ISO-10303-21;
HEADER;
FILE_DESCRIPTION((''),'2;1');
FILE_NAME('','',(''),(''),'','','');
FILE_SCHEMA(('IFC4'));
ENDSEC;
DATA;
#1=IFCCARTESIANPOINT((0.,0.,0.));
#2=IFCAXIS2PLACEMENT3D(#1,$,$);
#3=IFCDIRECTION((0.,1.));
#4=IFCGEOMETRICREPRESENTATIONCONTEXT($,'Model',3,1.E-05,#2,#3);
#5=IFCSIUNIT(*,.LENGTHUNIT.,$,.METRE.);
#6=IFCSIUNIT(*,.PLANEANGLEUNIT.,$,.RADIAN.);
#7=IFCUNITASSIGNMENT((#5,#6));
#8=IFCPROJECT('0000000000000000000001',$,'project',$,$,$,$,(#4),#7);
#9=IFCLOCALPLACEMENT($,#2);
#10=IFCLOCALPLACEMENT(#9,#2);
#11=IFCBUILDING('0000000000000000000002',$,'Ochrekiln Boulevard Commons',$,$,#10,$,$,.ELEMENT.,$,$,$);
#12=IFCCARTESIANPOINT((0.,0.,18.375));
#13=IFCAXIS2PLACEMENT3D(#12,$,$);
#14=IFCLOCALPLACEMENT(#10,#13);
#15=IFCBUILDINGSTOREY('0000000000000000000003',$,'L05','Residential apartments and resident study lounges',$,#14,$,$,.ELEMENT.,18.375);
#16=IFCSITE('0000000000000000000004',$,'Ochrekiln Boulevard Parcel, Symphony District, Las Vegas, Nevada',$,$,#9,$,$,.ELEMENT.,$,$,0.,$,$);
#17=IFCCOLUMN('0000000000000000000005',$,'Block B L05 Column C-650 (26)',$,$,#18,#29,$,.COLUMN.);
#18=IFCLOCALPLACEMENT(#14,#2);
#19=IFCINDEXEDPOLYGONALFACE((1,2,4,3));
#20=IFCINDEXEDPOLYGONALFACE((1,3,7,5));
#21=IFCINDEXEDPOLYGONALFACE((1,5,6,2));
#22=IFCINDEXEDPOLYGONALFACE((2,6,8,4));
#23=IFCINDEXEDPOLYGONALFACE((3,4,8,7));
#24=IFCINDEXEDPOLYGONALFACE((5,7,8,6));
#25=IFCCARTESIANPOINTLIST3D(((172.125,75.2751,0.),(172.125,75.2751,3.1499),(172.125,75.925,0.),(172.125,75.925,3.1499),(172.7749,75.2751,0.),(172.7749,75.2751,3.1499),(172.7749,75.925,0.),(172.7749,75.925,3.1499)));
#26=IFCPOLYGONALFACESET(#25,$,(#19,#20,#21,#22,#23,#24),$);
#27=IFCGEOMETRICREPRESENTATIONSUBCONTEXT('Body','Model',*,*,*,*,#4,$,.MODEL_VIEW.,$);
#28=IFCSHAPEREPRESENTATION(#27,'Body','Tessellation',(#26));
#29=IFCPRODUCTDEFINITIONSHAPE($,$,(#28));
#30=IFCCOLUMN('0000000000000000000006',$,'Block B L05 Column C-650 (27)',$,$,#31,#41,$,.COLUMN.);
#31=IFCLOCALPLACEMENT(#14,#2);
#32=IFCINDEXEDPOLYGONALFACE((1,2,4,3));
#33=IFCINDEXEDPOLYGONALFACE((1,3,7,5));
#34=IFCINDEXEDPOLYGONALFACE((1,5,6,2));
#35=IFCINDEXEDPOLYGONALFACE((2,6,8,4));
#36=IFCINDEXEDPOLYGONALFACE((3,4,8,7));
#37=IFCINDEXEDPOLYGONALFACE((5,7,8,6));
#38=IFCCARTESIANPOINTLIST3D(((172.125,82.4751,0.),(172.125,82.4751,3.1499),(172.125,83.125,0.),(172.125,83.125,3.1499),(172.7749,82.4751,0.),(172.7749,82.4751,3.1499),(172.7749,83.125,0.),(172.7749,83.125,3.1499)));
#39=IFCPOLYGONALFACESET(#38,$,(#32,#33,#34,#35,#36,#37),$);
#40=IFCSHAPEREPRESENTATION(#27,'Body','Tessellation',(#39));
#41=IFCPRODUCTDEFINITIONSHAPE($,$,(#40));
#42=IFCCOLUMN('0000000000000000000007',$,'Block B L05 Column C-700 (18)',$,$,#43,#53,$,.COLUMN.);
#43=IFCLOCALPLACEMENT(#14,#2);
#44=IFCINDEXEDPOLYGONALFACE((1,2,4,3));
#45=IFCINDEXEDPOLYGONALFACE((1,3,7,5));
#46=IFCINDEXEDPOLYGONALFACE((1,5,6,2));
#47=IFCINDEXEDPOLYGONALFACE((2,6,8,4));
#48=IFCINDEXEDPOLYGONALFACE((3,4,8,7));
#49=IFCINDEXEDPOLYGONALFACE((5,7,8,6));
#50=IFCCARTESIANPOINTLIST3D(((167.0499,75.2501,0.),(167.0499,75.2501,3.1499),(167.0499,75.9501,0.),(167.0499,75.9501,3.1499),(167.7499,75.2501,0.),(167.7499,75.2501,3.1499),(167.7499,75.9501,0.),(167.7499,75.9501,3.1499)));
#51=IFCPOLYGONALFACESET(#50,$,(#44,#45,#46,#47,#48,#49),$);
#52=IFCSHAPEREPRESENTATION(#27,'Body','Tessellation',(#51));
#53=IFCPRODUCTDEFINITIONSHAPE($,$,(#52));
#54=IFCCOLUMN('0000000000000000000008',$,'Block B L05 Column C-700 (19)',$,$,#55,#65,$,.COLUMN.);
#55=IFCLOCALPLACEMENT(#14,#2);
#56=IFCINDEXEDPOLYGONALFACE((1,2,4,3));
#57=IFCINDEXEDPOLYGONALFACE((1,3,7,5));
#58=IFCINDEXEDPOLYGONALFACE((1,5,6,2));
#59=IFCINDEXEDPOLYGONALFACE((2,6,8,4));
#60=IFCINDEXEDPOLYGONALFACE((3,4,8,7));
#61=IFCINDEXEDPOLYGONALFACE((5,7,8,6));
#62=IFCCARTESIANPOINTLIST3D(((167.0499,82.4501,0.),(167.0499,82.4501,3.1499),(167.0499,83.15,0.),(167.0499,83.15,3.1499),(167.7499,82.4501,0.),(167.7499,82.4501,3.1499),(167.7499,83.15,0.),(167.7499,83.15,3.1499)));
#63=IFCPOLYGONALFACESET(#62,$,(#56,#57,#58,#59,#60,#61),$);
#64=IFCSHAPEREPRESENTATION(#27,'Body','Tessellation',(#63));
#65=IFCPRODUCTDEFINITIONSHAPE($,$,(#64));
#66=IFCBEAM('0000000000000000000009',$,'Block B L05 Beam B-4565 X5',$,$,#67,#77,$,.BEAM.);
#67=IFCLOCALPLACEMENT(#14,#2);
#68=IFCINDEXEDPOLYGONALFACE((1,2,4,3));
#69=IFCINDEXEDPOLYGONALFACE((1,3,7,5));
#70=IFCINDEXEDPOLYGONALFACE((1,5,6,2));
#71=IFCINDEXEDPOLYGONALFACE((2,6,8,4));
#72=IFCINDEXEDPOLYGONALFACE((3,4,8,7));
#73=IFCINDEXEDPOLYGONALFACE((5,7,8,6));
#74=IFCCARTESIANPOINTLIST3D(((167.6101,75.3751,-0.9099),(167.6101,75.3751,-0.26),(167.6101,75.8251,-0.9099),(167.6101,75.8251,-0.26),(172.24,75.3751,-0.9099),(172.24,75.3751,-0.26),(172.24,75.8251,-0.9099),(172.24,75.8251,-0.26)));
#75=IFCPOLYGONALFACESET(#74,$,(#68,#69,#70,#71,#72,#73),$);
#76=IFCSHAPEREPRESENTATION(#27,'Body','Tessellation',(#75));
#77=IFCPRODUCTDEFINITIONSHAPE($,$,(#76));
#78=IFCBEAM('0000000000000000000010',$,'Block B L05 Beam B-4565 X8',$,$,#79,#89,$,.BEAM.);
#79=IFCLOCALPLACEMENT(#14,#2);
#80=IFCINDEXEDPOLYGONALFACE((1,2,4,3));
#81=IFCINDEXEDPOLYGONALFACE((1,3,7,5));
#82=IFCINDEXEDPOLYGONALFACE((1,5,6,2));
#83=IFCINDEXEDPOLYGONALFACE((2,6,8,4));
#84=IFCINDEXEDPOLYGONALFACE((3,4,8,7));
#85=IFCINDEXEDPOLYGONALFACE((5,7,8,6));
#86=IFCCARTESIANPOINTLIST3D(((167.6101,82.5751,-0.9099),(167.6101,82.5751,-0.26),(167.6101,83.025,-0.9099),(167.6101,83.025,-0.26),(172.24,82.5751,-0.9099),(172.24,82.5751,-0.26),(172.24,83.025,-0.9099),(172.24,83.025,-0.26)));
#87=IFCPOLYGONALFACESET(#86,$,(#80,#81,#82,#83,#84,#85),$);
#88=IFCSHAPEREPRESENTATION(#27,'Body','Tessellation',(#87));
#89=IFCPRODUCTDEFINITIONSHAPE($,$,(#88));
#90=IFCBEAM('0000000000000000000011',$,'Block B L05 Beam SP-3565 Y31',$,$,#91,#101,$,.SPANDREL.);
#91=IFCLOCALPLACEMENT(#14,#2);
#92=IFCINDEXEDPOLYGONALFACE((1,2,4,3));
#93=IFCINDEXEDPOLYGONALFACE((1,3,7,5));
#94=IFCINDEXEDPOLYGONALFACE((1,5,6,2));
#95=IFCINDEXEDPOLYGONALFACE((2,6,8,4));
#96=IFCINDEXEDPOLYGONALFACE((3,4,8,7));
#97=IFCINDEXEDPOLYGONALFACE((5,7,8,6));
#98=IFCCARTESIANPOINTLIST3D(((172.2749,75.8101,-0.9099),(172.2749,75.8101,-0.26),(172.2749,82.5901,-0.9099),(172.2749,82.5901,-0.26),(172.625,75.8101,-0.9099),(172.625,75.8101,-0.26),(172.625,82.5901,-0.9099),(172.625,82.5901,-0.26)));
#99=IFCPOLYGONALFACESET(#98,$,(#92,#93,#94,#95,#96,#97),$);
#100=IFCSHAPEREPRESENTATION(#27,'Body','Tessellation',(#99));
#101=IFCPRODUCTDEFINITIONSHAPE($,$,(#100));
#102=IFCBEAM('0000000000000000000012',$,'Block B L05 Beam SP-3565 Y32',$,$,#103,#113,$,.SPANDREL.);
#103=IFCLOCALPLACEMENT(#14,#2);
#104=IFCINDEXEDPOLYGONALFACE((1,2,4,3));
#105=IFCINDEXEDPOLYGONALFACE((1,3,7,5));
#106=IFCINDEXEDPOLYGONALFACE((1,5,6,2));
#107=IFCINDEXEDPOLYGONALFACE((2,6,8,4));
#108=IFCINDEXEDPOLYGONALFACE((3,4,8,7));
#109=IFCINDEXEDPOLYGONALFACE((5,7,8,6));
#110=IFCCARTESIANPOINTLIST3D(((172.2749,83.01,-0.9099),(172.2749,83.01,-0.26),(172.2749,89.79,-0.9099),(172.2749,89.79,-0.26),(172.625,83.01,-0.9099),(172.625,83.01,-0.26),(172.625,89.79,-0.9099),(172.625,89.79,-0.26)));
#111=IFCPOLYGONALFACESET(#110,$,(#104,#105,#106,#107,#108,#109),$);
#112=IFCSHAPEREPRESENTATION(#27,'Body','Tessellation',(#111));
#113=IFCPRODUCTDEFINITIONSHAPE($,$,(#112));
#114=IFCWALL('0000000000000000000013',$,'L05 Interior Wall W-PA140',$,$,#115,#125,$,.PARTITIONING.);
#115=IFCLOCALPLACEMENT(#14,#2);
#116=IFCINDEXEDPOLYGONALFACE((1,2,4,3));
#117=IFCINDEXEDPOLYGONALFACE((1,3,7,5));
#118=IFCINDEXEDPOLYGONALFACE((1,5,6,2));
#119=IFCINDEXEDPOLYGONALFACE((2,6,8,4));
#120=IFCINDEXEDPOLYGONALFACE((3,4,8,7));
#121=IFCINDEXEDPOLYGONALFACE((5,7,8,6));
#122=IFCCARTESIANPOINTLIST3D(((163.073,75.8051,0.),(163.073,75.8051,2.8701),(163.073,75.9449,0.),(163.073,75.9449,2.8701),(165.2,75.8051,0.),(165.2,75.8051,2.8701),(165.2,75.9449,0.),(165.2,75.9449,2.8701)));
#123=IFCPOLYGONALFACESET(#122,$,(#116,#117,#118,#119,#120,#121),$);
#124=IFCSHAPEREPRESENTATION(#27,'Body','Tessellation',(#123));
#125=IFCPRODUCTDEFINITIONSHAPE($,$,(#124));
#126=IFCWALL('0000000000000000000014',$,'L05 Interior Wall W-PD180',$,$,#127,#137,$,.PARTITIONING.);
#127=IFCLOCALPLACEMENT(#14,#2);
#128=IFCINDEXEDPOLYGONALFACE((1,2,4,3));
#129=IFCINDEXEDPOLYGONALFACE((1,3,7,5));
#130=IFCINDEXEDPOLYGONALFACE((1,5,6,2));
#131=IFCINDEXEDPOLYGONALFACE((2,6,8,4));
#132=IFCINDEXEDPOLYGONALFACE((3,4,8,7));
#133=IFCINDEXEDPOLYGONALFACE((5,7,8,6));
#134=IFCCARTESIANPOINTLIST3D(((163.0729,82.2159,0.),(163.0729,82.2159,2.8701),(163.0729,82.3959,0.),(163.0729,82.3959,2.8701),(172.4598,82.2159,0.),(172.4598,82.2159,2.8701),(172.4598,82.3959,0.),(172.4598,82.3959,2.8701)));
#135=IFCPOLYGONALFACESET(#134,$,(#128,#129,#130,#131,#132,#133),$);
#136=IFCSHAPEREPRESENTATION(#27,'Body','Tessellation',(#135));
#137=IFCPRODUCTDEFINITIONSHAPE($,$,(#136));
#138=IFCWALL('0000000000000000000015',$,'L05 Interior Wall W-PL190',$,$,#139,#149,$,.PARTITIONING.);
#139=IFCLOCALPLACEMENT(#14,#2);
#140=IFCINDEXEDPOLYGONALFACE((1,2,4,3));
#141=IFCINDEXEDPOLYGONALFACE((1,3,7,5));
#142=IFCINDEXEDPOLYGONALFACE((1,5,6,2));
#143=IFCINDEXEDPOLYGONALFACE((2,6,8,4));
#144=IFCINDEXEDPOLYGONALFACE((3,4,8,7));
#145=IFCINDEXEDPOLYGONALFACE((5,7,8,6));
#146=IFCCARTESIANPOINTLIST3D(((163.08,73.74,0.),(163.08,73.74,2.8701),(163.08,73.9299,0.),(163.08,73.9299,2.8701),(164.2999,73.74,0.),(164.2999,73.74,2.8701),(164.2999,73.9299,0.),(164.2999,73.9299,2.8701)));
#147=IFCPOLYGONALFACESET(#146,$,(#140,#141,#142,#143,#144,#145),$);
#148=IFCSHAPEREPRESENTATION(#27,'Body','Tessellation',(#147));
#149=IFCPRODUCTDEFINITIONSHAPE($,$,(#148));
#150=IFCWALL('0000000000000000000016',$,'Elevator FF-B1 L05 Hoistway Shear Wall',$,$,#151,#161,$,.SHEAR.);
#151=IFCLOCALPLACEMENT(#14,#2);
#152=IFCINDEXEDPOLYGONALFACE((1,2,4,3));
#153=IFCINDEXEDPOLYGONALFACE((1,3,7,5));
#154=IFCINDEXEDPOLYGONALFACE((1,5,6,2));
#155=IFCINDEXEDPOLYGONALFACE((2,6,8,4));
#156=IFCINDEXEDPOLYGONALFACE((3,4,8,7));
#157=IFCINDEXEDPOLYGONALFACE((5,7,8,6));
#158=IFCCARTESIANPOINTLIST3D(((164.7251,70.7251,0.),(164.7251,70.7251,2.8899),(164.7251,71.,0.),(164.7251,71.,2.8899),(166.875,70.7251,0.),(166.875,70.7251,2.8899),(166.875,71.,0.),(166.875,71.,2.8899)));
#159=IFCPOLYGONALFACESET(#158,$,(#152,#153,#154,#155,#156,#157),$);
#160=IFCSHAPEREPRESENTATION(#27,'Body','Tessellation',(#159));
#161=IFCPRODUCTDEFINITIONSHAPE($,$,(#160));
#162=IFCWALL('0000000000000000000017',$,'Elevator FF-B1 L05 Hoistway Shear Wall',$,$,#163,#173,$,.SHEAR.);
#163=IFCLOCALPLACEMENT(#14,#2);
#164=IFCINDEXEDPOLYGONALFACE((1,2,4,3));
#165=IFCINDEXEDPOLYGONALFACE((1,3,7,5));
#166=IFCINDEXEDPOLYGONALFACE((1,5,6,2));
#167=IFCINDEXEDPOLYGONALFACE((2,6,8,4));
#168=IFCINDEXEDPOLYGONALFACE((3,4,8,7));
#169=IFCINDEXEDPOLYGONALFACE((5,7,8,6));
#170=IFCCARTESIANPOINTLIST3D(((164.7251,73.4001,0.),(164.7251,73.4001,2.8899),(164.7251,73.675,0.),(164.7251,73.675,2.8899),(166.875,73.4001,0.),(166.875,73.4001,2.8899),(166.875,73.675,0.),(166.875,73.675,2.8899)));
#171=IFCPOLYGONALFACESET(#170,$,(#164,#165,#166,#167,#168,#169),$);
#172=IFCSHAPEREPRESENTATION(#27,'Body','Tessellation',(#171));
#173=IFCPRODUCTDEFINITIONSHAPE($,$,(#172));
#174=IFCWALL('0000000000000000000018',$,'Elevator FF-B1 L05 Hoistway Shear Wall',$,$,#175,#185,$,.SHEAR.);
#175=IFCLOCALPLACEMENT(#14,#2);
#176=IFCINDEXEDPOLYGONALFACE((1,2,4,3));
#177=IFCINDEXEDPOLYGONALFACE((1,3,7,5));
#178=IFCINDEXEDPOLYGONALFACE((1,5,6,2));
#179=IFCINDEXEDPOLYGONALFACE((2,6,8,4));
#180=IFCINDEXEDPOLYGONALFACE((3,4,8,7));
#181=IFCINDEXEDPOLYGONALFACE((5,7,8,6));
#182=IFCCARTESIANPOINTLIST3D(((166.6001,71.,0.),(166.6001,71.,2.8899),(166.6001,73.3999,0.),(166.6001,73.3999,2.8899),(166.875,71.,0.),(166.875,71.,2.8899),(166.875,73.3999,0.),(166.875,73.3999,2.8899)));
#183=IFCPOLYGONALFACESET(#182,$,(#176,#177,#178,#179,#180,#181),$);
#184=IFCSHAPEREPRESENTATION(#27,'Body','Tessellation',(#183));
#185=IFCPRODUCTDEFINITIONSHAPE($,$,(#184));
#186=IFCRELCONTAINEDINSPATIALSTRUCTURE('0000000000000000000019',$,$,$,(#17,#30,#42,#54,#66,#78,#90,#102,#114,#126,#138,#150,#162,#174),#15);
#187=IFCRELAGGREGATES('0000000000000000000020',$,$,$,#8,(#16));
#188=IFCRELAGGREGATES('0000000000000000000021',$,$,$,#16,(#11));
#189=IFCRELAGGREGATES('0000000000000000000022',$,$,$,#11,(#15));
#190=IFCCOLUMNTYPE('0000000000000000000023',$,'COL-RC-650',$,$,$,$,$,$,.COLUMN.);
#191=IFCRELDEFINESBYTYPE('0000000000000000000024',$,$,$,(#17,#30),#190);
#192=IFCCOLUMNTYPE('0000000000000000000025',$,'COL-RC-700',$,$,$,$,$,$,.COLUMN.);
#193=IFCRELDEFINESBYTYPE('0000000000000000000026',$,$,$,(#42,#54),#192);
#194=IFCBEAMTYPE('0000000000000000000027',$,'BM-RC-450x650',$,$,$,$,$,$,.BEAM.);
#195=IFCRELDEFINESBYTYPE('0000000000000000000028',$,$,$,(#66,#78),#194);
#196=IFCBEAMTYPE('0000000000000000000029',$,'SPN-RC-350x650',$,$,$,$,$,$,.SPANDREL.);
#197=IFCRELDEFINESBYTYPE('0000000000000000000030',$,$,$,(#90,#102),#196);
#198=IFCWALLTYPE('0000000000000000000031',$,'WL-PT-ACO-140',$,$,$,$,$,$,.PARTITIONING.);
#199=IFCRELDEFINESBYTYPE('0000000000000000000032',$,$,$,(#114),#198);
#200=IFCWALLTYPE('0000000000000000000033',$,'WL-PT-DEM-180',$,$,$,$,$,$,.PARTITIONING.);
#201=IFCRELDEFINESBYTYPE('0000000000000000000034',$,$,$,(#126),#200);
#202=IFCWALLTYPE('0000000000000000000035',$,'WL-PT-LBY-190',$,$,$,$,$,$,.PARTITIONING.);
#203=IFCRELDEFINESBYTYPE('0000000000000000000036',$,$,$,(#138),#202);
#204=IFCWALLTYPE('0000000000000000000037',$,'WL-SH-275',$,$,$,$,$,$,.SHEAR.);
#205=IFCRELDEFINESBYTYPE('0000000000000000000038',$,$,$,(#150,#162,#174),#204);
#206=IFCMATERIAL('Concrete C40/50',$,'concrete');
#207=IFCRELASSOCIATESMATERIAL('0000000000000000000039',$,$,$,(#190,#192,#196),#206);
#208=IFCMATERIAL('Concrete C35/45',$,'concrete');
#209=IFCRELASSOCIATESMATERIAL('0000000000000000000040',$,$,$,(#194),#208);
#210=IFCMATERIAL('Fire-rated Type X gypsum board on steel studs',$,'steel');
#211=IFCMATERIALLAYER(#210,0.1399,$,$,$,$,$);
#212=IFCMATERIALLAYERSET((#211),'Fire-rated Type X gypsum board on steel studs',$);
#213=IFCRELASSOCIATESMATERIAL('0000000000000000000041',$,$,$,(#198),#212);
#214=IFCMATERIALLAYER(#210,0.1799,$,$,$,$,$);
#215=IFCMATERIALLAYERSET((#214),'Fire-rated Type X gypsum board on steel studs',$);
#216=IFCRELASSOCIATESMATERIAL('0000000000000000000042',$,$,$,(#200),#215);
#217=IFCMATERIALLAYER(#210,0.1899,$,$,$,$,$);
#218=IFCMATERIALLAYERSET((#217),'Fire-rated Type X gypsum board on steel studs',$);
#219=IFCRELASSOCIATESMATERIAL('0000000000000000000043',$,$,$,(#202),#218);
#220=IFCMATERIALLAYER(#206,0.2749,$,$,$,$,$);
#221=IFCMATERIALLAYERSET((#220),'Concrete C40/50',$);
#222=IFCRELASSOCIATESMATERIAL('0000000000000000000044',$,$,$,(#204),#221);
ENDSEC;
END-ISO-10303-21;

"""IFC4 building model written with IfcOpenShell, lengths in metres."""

from ifc_helpers import new_model, si_unit, direction, frame, frame_2d, origin, origin_2d, place, context, subcontext, project, spatial, rectangle, extrude, material, layer, layer_set, material_profile, profile_set, type_object, element, save


model = new_model("IFC4")

# Units and contexts
model_context = context("Model", 3, precision=1e-05, world=origin(), true_north=direction((0.0, 1.0)))
body_context = subcontext(model_context, "Body", "Model", "MODEL_VIEW")
ifc_project = project(units=[si_unit("LENGTHUNIT", "METRE"), si_unit("PLANEANGLEUNIT", "RADIAN")], contexts=[model_context])

# Site, building, storey
site_placement = place(None, origin())
site = spatial("IfcSite", under=ifc_project, at=site_placement, Name="Ochrekiln Boulevard Parcel, Symphony District, Las Vegas, Nevada", CompositionType="ELEMENT", RefElevation=0.0)
building_placement = place(site_placement, origin())
building = spatial("IfcBuilding", under=site, at=building_placement, Name="Ochrekiln Boulevard Commons", CompositionType="ELEMENT")
storey_placement = place(building_placement, frame((0.0, 0.0, 18.375)))
storey = spatial("IfcBuildingStorey", under=building, at=storey_placement, Name="L05", Description="Residential apartments and resident study lounges", CompositionType="ELEMENT", Elevation=18.375)

# Columns
ifc_material_1 = material(Name="Concrete C40/50", Category="concrete")
ifc_material_profile_1 = material_profile(ifc_material_1, rectangle(XDim=0.6499, YDim=0.6499, at=origin_2d()), Name="RC-COL-650x650")
ifc_profile_set_1 = profile_set([ifc_material_profile_1], Name="Concrete C40/50")
column_type_1 = type_object("IfcColumnType", Name="COL-RC-650", PredefinedType="COLUMN", material=ifc_profile_set_1)
for number, where, z_axis, x_axis, name in (
    (1, (172.45, 75.6001, 0.0), (0.0, 0.0, 1.0), (1.0, 0.0, 0.0), "Block B L05 Column C-650 (26)"),
    (2, (172.45, 82.8, 0.0), (0.0, 0.0, 1.0), (1.0, 0.0, 0.0), "Block B L05 Column C-650 (27)"),
):
    element("IfcColumn", number, at=place(storey_placement, frame(where, z_axis=z_axis, x_axis=x_axis)), inside=storey, type_object=column_type_1, Name=name, PredefinedType="COLUMN", context=body_context, shape_type="SweptSolid", body=[
        extrude(rectangle(XDim=0.6499, YDim=0.6499, at=origin_2d()), origin(), (0.0, 0.0, 1.0), 3.1499),
    ])
ifc_material_profile_2 = material_profile(ifc_material_1, rectangle(XDim=0.7, YDim=0.7, at=origin_2d()), Name="RC-COL-700x700")
ifc_profile_set_2 = profile_set([ifc_material_profile_2], Name="Concrete C40/50")
column_type_2 = type_object("IfcColumnType", Name="COL-RC-700", PredefinedType="COLUMN", material=ifc_profile_set_2)
for number, where, z_axis, x_axis, name in (
    (3, (167.3999, 75.6001, 0.0), (0.0, 0.0, 1.0), (1.0, 0.0, 0.0), "Block B L05 Column C-700 (18)"),
    (4, (167.3999, 82.8, 0.0), (0.0, 0.0, 1.0), (1.0, 0.0, 0.0), "Block B L05 Column C-700 (19)"),
):
    element("IfcColumn", number, at=place(storey_placement, frame(where, z_axis=z_axis, x_axis=x_axis)), inside=storey, type_object=column_type_2, Name=name, PredefinedType="COLUMN", context=body_context, shape_type="SweptSolid", body=[
        extrude(rectangle(XDim=0.7, YDim=0.7, at=origin_2d()), origin(), (0.0, 0.0, 1.0), 3.1499),
    ])

# Beams
ifc_material_2 = material(Name="Concrete C35/45", Category="concrete")
ifc_material_profile_3 = material_profile(ifc_material_2, rectangle(XDim=0.45, YDim=0.6499, at=origin_2d()), Name="RC-BM-450x650")
ifc_profile_set_3 = profile_set([ifc_material_profile_3], Name="Concrete C35/45")
beam_type_1 = type_object("IfcBeamType", Name="BM-RC-450x650", PredefinedType="BEAM", material=ifc_profile_set_3)
for number, where, z_axis, x_axis, name in (
    (5, (167.6101, 75.6001, -0.585), (1.0, 0.0, 0.0), (0.0, 1.0, 0.0), "Block B L05 Beam B-4565 X5"),
    (6, (167.6101, 82.8, -0.585), (1.0, 0.0, 0.0), (0.0, 1.0, 0.0), "Block B L05 Beam B-4565 X8"),
):
    element("IfcBeam", number, at=place(storey_placement, frame(where, z_axis=z_axis, x_axis=x_axis)), inside=storey, type_object=beam_type_1, Name=name, PredefinedType="BEAM", context=body_context, shape_type="SweptSolid", body=[
        extrude(rectangle(XDim=0.45, YDim=0.6499, at=origin_2d()), origin(), (0.0, 0.0, 1.0), 4.6299),
    ])
ifc_material_profile_4 = material_profile(ifc_material_1, rectangle(XDim=0.3501, YDim=0.6499, at=origin_2d()), Name="RC-SPN-350x650")
ifc_profile_set_4 = profile_set([ifc_material_profile_4], Name="Concrete C40/50")
beam_type_2 = type_object("IfcBeamType", Name="SPN-RC-350x650", PredefinedType="SPANDREL", material=ifc_profile_set_4)
for number, where, z_axis, x_axis, name in (
    (7, (172.45, 75.8101, -0.585), (0.0, 1.0, 0.0), (-1.0, 0.0, 0.0), "Block B L05 Beam SP-3565 Y31"),
    (8, (172.45, 83.01, -0.585), (0.0, 1.0, 0.0), (-1.0, 0.0, 0.0), "Block B L05 Beam SP-3565 Y32"),
):
    element("IfcBeam", number, at=place(storey_placement, frame(where, z_axis=z_axis, x_axis=x_axis)), inside=storey, type_object=beam_type_2, Name=name, PredefinedType="SPANDREL", context=body_context, shape_type="SweptSolid", body=[
        extrude(rectangle(XDim=0.3501, YDim=0.6499, at=origin_2d()), origin(), (0.0, 0.0, 1.0), 6.78),
    ])

# Walls
ifc_material_3 = material(Name="Fire-rated Type X gypsum board on steel studs", Category="steel")
ifc_layer_1 = layer(ifc_material_3, 0.1399)
ifc_layer_set_1 = layer_set([ifc_layer_1], Name="Fire-rated Type X gypsum board on steel studs")
wall_type_1 = type_object("IfcWallType", Name="WL-PT-ACO-140", PredefinedType="PARTITIONING", material=ifc_layer_set_1)
wall_1_placement = place(storey_placement, frame((163.073, 75.875, 0.0), z_axis=(0.0, 0.0, 1.0), x_axis=(1.0, 0.0, 0.0)))
element("IfcWall", 9, at=wall_1_placement, inside=storey, type_object=wall_type_1, Name="L05 Interior Wall W-PA140", PredefinedType="PARTITIONING", context=body_context, shape_type="SweptSolid", body=[
    extrude(rectangle(XDim=2.127, YDim=0.1399, at=frame_2d((1.0635, 0.0))), origin(), (0.0, 0.0, 1.0), 2.8701),
])
ifc_layer_2 = layer(ifc_material_3, 0.1799)
ifc_layer_set_2 = layer_set([ifc_layer_2], Name="Fire-rated Type X gypsum board on steel studs")
wall_type_2 = type_object("IfcWallType", Name="WL-PT-DEM-180", PredefinedType="PARTITIONING", material=ifc_layer_set_2)
wall_2_placement = place(storey_placement, frame((163.073, 82.3059, 0.0), z_axis=(0.0, 0.0, 1.0), x_axis=(1.0, 0.0, 0.0)))
element("IfcWall", 10, at=wall_2_placement, inside=storey, type_object=wall_type_2, Name="L05 Interior Wall W-PD180", PredefinedType="PARTITIONING", context=body_context, shape_type="SweptSolid", body=[
    extrude(rectangle(XDim=9.387, YDim=0.1799, at=frame_2d((4.6934, 0.0))), origin(), (0.0, 0.0, 1.0), 2.8701),
])
ifc_layer_3 = layer(ifc_material_3, 0.1899)
ifc_layer_set_3 = layer_set([ifc_layer_3], Name="Fire-rated Type X gypsum board on steel studs")
wall_type_3 = type_object("IfcWallType", Name="WL-PT-LBY-190", PredefinedType="PARTITIONING", material=ifc_layer_set_3)
wall_3_placement = place(storey_placement, frame((163.0801, 73.835, 0.0), z_axis=(0.0, 0.0, 1.0), x_axis=(1.0, 0.0, 0.0)))
element("IfcWall", 11, at=wall_3_placement, inside=storey, type_object=wall_type_3, Name="L05 Interior Wall W-PL190", PredefinedType="PARTITIONING", context=body_context, shape_type="SweptSolid", body=[
    extrude(rectangle(XDim=1.22, YDim=0.1899, at=frame_2d((0.6099, 0.0))), origin(), (0.0, 0.0, 1.0), 2.8701),
])
ifc_layer_4 = layer(ifc_material_1, 0.2749)
ifc_layer_set_4 = layer_set([ifc_layer_4], Name="Concrete C40/50")
wall_type_4 = type_object("IfcWallType", Name="WL-SH-275", PredefinedType="SHEAR", material=ifc_layer_set_4)
for number, where, z_axis, x_axis, name in (
    (12, (164.7251, 70.8625, 0.0), (0.0, 0.0, 1.0), (1.0, 0.0, 0.0), "Elevator FF-B1 L05 Hoistway Shear Wall"),
    (13, (164.7251, 73.5376, 0.0), (0.0, 0.0, 1.0), (1.0, 0.0, 0.0), "Elevator FF-B1 L05 Hoistway Shear Wall"),
):
    element("IfcWall", number, at=place(storey_placement, frame(where, z_axis=z_axis, x_axis=x_axis)), inside=storey, type_object=wall_type_4, Name=name, PredefinedType="SHEAR", context=body_context, shape_type="SweptSolid", body=[
        extrude(rectangle(XDim=2.1499, YDim=0.2749, at=frame_2d((1.075, 0.0))), origin(), (0.0, 0.0, 1.0), 2.8899),
    ])

# Wall
wall_4_placement = place(storey_placement, frame((166.7375, 71.0, 0.0), z_axis=(0.0, 0.0, 1.0), x_axis=(0.0, 1.0, 0.0)))
element("IfcWall", 14, at=wall_4_placement, inside=storey, type_object=wall_type_4, Name="Elevator FF-B1 L05 Hoistway Shear Wall", PredefinedType="SHEAR", context=body_context, shape_type="SweptSolid", body=[
    extrude(rectangle(XDim=2.3999, YDim=0.2749, at=frame_2d((1.2, 0.0))), origin(), (0.0, 0.0, 1.0), 2.8899),
])

save(model, "model.ifc")
